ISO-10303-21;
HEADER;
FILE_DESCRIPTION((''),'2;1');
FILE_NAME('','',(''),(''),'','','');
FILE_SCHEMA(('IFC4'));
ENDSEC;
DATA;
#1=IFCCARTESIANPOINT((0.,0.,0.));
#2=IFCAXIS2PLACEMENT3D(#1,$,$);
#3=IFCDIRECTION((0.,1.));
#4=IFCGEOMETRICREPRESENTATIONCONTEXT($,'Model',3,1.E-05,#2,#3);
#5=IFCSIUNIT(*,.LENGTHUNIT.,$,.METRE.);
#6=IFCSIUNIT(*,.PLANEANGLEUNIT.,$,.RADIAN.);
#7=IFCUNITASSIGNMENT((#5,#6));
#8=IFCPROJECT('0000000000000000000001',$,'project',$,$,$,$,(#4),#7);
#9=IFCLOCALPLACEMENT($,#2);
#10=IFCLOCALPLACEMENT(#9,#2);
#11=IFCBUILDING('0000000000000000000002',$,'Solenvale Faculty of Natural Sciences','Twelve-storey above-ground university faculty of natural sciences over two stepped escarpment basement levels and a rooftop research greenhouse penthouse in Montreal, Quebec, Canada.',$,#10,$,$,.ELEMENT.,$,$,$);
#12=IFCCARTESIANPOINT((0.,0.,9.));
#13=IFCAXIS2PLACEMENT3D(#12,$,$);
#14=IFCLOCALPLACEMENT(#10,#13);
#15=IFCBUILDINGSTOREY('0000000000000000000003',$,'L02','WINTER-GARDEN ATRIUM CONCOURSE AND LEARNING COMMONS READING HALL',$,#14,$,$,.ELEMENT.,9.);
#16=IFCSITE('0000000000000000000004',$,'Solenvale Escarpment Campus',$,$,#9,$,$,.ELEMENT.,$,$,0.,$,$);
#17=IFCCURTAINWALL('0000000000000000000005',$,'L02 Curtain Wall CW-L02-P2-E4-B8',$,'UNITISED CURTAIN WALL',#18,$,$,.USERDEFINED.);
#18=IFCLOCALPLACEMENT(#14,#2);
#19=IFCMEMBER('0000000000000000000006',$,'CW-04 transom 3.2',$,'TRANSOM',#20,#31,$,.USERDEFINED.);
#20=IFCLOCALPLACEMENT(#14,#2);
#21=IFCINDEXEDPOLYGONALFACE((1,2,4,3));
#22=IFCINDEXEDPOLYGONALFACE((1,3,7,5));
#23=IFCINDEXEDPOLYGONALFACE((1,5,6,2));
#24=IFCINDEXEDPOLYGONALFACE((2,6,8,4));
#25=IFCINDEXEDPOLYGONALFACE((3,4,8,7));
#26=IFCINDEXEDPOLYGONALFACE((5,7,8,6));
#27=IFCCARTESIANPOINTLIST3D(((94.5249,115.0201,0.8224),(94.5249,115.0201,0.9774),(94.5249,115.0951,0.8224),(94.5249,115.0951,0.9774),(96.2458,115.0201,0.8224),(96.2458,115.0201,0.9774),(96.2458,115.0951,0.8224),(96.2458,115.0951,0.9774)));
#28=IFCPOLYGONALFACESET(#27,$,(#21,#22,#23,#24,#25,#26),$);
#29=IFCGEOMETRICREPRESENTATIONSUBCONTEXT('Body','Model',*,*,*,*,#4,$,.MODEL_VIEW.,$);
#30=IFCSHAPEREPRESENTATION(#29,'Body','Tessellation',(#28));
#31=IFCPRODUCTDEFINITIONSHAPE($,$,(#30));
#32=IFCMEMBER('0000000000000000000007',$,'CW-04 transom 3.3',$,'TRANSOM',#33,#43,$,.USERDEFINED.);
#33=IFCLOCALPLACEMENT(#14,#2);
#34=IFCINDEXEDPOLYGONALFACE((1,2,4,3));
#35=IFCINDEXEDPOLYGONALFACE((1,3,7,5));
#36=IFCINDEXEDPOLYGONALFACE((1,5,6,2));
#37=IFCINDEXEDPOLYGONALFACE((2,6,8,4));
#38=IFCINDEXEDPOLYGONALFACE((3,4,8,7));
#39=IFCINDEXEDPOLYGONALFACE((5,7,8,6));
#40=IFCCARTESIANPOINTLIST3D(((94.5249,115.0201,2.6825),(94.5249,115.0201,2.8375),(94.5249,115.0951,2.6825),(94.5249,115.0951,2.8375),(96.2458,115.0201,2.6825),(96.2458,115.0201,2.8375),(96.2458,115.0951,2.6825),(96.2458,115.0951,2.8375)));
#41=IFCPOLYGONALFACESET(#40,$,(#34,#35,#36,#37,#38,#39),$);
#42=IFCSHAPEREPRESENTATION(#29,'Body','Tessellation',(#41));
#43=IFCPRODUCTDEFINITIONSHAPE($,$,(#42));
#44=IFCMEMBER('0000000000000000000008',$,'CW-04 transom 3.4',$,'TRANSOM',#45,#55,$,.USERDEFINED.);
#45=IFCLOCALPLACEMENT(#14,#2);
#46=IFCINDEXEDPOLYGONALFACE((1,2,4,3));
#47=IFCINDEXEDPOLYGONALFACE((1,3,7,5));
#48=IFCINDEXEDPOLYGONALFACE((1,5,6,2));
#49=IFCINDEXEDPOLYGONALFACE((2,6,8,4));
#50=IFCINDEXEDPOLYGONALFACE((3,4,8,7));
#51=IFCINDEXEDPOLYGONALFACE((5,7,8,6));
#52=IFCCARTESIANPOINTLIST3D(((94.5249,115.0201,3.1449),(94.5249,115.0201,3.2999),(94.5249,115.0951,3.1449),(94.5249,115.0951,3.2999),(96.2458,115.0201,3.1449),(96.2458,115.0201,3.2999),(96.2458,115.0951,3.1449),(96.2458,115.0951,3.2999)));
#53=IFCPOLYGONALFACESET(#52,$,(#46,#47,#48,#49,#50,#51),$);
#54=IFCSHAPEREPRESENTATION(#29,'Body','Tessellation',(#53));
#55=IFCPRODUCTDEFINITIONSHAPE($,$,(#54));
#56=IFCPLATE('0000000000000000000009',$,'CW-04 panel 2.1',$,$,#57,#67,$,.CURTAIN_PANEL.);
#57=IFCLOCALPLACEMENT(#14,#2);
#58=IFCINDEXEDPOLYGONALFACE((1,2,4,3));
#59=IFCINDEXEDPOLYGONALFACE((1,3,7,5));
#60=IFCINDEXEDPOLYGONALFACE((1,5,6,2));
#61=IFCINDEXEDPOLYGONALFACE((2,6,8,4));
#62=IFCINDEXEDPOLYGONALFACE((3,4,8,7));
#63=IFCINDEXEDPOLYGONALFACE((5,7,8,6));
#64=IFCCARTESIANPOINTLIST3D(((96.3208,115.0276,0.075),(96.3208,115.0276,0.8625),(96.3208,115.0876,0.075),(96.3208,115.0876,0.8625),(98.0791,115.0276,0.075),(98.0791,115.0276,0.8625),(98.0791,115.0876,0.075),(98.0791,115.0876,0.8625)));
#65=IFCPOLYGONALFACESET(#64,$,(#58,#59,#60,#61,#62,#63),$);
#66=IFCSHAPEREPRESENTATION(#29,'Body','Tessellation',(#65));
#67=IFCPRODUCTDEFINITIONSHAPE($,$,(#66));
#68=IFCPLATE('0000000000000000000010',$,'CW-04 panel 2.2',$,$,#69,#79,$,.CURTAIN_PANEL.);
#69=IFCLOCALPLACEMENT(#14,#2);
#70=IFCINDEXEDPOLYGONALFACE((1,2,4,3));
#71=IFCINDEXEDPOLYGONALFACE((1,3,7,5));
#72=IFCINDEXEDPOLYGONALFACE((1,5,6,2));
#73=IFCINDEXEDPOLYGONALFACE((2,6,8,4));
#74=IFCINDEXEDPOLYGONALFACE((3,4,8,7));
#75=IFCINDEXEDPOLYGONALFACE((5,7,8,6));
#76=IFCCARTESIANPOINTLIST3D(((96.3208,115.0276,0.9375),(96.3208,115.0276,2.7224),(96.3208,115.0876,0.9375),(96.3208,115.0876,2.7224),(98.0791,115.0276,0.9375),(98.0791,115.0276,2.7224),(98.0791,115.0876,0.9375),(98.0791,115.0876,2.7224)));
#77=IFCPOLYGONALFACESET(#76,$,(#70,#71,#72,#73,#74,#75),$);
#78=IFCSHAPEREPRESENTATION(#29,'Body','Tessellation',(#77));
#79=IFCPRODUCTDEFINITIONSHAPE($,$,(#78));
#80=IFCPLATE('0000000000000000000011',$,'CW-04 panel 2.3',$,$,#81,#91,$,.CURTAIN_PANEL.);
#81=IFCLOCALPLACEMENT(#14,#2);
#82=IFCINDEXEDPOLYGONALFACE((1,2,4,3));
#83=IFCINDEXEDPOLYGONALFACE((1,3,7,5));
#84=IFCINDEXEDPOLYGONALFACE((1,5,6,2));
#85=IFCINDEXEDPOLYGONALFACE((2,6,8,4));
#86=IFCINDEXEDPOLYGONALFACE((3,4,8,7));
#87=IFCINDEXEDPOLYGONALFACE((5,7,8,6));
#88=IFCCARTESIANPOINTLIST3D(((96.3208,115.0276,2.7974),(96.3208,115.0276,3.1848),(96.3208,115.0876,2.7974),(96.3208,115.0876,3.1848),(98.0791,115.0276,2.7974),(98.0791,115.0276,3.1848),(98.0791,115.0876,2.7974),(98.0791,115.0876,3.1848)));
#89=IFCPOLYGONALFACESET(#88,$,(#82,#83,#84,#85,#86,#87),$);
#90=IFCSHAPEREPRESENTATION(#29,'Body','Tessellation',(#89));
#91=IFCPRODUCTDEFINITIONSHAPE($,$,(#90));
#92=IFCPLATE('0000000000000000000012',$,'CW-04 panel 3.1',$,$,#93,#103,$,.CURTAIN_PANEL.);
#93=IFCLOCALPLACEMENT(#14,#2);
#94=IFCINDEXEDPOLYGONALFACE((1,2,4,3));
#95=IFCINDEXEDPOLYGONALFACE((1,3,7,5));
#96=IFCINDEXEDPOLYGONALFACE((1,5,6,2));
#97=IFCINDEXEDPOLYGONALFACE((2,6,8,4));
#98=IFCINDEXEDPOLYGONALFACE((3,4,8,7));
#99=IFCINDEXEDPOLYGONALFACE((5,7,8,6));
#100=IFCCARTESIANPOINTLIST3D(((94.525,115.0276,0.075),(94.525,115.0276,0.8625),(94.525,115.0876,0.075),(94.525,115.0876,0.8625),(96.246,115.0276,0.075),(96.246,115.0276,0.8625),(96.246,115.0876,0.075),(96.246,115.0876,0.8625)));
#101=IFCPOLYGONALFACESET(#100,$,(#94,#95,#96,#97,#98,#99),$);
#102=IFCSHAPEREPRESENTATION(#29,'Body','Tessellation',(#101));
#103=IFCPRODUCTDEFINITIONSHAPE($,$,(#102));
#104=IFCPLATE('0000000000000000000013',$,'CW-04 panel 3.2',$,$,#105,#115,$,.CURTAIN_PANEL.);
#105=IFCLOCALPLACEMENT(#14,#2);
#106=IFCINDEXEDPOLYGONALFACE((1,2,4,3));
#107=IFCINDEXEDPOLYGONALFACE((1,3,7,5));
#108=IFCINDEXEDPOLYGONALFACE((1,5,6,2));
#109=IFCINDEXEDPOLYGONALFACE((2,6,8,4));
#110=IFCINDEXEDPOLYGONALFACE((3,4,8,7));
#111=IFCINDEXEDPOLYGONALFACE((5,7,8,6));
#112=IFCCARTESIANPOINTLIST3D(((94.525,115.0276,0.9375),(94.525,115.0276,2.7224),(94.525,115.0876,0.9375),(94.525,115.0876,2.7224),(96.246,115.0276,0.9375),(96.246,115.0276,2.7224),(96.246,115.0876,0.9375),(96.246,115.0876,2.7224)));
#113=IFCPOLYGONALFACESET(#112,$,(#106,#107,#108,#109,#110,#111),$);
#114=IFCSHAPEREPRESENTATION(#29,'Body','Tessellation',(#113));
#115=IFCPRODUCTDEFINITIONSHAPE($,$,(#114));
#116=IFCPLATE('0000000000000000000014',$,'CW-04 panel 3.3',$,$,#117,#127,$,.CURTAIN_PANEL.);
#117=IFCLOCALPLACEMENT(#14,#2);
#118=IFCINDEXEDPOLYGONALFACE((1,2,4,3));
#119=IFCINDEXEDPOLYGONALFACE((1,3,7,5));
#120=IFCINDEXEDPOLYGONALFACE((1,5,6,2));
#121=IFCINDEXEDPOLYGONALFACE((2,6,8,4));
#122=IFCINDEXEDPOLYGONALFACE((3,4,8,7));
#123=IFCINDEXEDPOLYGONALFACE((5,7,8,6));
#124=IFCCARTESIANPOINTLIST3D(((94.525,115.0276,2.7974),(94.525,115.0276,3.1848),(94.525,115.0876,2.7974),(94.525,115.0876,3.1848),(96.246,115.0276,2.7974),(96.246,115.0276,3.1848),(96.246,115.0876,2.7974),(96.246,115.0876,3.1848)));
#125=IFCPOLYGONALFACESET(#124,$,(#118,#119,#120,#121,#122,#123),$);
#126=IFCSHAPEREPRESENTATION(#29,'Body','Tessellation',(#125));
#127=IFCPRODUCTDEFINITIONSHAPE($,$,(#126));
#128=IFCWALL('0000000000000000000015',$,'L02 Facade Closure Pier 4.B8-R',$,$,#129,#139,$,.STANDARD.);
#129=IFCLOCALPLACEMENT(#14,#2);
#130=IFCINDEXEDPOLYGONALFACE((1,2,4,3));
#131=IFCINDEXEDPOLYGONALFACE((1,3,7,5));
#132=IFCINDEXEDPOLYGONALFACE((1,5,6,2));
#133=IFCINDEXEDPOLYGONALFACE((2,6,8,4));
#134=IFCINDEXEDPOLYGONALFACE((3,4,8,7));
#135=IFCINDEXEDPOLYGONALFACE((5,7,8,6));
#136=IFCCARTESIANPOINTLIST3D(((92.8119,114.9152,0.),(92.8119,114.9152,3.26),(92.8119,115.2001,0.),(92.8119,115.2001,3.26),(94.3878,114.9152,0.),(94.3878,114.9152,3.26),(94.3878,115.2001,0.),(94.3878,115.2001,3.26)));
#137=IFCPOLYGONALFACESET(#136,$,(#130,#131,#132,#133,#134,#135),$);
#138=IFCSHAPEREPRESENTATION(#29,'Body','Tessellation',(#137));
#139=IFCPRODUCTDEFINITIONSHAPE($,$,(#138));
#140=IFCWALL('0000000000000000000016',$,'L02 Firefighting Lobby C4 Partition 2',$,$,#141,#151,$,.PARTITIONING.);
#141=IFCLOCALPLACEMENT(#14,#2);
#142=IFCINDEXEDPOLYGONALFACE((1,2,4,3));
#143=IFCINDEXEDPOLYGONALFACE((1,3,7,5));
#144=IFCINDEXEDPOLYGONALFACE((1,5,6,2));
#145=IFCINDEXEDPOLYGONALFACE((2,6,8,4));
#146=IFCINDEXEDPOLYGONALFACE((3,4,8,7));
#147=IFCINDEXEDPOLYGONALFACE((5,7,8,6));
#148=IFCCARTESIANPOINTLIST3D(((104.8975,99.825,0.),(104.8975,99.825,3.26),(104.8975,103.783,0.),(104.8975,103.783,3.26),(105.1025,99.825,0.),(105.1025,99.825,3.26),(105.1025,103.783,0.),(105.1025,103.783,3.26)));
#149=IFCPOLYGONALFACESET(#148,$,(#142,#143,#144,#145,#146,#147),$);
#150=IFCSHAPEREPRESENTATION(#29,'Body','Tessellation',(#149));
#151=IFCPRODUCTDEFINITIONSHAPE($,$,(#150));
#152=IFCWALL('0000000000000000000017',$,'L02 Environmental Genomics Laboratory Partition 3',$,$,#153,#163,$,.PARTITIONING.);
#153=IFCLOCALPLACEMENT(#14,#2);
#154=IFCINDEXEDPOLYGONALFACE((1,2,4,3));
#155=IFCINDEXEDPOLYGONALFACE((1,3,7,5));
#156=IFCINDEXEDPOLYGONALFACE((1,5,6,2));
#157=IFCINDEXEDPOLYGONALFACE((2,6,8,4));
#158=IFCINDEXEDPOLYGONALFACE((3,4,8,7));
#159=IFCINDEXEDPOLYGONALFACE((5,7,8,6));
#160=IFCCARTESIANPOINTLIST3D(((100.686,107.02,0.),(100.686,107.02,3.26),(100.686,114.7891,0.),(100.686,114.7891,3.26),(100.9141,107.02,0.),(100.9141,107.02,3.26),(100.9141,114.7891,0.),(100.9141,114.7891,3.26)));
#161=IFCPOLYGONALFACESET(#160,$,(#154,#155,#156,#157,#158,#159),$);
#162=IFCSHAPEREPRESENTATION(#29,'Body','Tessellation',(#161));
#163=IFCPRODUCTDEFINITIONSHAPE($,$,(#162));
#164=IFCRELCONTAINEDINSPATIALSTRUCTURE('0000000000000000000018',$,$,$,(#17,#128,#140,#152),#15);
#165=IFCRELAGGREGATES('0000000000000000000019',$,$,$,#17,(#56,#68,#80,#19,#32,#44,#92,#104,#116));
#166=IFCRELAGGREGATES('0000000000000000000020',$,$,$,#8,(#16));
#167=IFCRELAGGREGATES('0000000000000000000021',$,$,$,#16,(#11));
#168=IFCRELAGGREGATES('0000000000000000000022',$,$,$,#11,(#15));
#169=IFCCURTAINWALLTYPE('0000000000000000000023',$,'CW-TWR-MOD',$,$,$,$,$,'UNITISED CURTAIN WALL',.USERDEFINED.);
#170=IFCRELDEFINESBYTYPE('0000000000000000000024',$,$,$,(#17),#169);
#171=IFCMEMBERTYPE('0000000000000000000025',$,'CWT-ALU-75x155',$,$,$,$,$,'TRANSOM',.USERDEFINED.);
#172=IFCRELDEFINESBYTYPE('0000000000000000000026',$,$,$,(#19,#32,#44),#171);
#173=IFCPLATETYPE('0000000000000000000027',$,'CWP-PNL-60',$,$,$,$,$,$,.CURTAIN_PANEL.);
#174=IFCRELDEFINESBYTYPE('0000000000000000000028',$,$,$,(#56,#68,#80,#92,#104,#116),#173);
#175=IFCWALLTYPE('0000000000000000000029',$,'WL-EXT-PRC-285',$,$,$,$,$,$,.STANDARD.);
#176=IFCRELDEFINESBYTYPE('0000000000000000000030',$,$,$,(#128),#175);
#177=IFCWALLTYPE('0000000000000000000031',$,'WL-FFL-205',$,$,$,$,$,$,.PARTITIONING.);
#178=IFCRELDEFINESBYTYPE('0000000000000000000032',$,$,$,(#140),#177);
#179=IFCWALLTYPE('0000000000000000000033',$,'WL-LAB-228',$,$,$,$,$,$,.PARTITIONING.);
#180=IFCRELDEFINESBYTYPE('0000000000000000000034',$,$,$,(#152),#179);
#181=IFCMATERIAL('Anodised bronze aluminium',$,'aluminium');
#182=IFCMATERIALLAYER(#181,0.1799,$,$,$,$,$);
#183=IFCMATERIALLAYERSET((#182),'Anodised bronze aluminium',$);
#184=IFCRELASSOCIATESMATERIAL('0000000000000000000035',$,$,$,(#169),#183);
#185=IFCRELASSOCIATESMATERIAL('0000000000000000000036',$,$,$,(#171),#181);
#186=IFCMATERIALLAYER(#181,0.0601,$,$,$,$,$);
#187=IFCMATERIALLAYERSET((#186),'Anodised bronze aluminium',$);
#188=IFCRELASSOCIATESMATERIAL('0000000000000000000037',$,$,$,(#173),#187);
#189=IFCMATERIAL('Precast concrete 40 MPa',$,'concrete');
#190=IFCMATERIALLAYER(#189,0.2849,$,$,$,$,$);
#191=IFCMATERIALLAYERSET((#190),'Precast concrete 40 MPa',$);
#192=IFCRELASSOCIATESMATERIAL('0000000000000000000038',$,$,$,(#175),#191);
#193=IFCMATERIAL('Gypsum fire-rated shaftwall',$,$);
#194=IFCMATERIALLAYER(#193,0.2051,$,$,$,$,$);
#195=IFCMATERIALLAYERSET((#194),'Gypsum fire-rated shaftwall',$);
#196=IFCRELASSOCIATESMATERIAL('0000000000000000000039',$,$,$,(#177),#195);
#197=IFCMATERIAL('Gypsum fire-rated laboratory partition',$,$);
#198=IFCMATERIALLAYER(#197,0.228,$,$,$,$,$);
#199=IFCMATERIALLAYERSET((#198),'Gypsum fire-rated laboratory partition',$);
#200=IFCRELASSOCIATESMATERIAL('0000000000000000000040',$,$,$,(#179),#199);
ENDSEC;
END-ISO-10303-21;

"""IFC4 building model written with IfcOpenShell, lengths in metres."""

from ifc_helpers import new_model, si_unit, direction, frame, frame_2d, origin, origin_2d, place, context, subcontext, project, spatial, rectangle, extrude, material, layer, layer_set, material_profile, profile_set, type_object, element, aggregate, save


model = new_model("IFC4")

# Units and contexts
model_context = context("Model", 3, precision=1e-05, world=origin(), true_north=direction((0.0, 1.0)))
body_context = subcontext(model_context, "Body", "Model", "MODEL_VIEW")
ifc_project = project(units=[si_unit("LENGTHUNIT", "METRE"), si_unit("PLANEANGLEUNIT", "RADIAN")], contexts=[model_context])

# Site, building, storey
site_placement = place(None, origin())
site = spatial("IfcSite", under=ifc_project, at=site_placement, Name="Solenvale Escarpment Campus", CompositionType="ELEMENT", RefElevation=0.0)
building_placement = place(site_placement, origin())
building = spatial("IfcBuilding", under=site, at=building_placement, Name="Solenvale Faculty of Natural Sciences", Description="Twelve-storey above-ground university faculty of natural sciences over two stepped escarpment basement levels and a rooftop research greenhouse penthouse in Montreal, Quebec, Canada.", CompositionType="ELEMENT")
storey_placement = place(building_placement, frame((0.0, 0.0, 9.0)))
storey = spatial("IfcBuildingStorey", under=building, at=storey_placement, Name="L02", Description="WINTER-GARDEN ATRIUM CONCOURSE AND LEARNING COMMONS READING HALL", CompositionType="ELEMENT", Elevation=9.0)

# Curtain wall, members, plates
ifc_material_1 = material(Name="Anodised bronze aluminium", Category="aluminium")
ifc_layer_1 = layer(ifc_material_1, 0.1799)
ifc_layer_set_1 = layer_set([ifc_layer_1], Name="Anodised bronze aluminium")
curtain_wall_type = type_object("IfcCurtainWallType", Name="CW-TWR-MOD", ElementType="UNITISED CURTAIN WALL", PredefinedType="USERDEFINED", material=ifc_layer_set_1)
curtain_wall_placement = place(storey_placement, origin())
curtain_wall = element("IfcCurtainWall", 1, at=curtain_wall_placement, inside=storey, type_object=curtain_wall_type, Name="L02 Curtain Wall CW-L02-P2-E4-B8", ObjectType="UNITISED CURTAIN WALL", PredefinedType="USERDEFINED")
ifc_material_profile_1 = material_profile(ifc_material_1, rectangle(XDim=0.075, YDim=0.155, at=origin_2d()), Name="ALU-TRN-75x155")
ifc_profile_set_1 = profile_set([ifc_material_profile_1], Name="Anodised bronze aluminium")
member_type_1 = type_object("IfcMemberType", Name="CWT-ALU-75x155", ElementType="TRANSOM", PredefinedType="USERDEFINED", material=ifc_profile_set_1)
member_1_placement = place(storey_placement, frame((96.2458, 115.0576, 0.8999), z_axis=(-1.0, 0.0, 0.0), x_axis=(0.0, -1.0, 0.0)))
member_1 = element("IfcMember", 2, at=member_1_placement, type_object=member_type_1, Name="CW-04 transom 3.2", ObjectType="TRANSOM", PredefinedType="USERDEFINED", context=body_context, shape_type="SweptSolid", body=[
    extrude(rectangle(XDim=0.075, YDim=0.155, at=origin_2d()), origin(), (0.0, 0.0, 1.0), 1.7209),
])
member_2_placement = place(storey_placement, frame((96.2458, 115.0576, 2.76), z_axis=(-1.0, 0.0, 0.0), x_axis=(0.0, -1.0, 0.0)))
member_2 = element("IfcMember", 3, at=member_2_placement, type_object=member_type_1, Name="CW-04 transom 3.3", ObjectType="TRANSOM", PredefinedType="USERDEFINED", context=body_context, shape_type="SweptSolid", body=[
    extrude(rectangle(XDim=0.075, YDim=0.155, at=origin_2d()), origin(), (0.0, 0.0, 1.0), 1.7209),
])
member_3_placement = place(storey_placement, frame((96.2458, 115.0576, 3.2224), z_axis=(-1.0, 0.0, 0.0), x_axis=(0.0, -1.0, 0.0)))
member_3 = element("IfcMember", 4, at=member_3_placement, type_object=member_type_1, Name="CW-04 transom 3.4", ObjectType="TRANSOM", PredefinedType="USERDEFINED", context=body_context, shape_type="SweptSolid", body=[
    extrude(rectangle(XDim=0.075, YDim=0.155, at=origin_2d()), origin(), (0.0, 0.0, 1.0), 1.7209),
])
ifc_layer_2 = layer(ifc_material_1, 0.0601)
ifc_layer_set_2 = layer_set([ifc_layer_2], Name="Anodised bronze aluminium")
plate_type = type_object("IfcPlateType", Name="CWP-PNL-60", PredefinedType="CURTAIN_PANEL", material=ifc_layer_set_2)
plate_1_placement = place(storey_placement, frame((97.2, 115.0576, 0.075), z_axis=(0.0, 0.0, 1.0), x_axis=(-1.0, 0.0, 0.0)))
plate_1 = element("IfcPlate", 5, at=plate_1_placement, type_object=plate_type, Name="CW-04 panel 2.1", PredefinedType="CURTAIN_PANEL", context=body_context, shape_type="SweptSolid", body=[
    extrude(rectangle(XDim=1.7583, YDim=0.0601, at=origin_2d()), origin(), (0.0, 0.0, 1.0), 0.7876),
])
plate_2_placement = place(storey_placement, frame((97.2, 115.0576, 0.9375), z_axis=(0.0, 0.0, 1.0), x_axis=(-1.0, 0.0, 0.0)))
plate_2 = element("IfcPlate", 6, at=plate_2_placement, type_object=plate_type, Name="CW-04 panel 2.2", PredefinedType="CURTAIN_PANEL", context=body_context, shape_type="SweptSolid", body=[
    extrude(rectangle(XDim=1.7583, YDim=0.0601, at=origin_2d()), origin(), (0.0, 0.0, 1.0), 1.7849),
])
plate_3_placement = place(storey_placement, frame((97.2, 115.0576, 2.7974), z_axis=(0.0, 0.0, 1.0), x_axis=(-1.0, 0.0, 0.0)))
plate_3 = element("IfcPlate", 7, at=plate_3_placement, type_object=plate_type, Name="CW-04 panel 2.3", PredefinedType="CURTAIN_PANEL", context=body_context, shape_type="SweptSolid", body=[
    extrude(rectangle(XDim=1.7583, YDim=0.0601, at=origin_2d()), origin(), (0.0, 0.0, 1.0), 0.3875),
])
plate_4_placement = place(storey_placement, frame((95.3855, 115.0576, 0.075), z_axis=(0.0, 0.0, 1.0), x_axis=(-1.0, 0.0, 0.0)))
plate_4 = element("IfcPlate", 8, at=plate_4_placement, type_object=plate_type, Name="CW-04 panel 3.1", PredefinedType="CURTAIN_PANEL", context=body_context, shape_type="SweptSolid", body=[
    extrude(rectangle(XDim=1.7209, YDim=0.0601, at=origin_2d()), origin(), (0.0, 0.0, 1.0), 0.7876),
])
plate_5_placement = place(storey_placement, frame((95.3855, 115.0576, 0.9375), z_axis=(0.0, 0.0, 1.0), x_axis=(-1.0, 0.0, 0.0)))
plate_5 = element("IfcPlate", 9, at=plate_5_placement, type_object=plate_type, Name="CW-04 panel 3.2", PredefinedType="CURTAIN_PANEL", context=body_context, shape_type="SweptSolid", body=[
    extrude(rectangle(XDim=1.7209, YDim=0.0601, at=origin_2d()), origin(), (0.0, 0.0, 1.0), 1.7849),
])
plate_6_placement = place(storey_placement, frame((95.3855, 115.0576, 2.7974), z_axis=(0.0, 0.0, 1.0), x_axis=(-1.0, 0.0, 0.0)))
plate_6 = element("IfcPlate", 10, at=plate_6_placement, type_object=plate_type, Name="CW-04 panel 3.3", PredefinedType="CURTAIN_PANEL", context=body_context, shape_type="SweptSolid", body=[
    extrude(rectangle(XDim=1.7209, YDim=0.0601, at=origin_2d()), origin(), (0.0, 0.0, 1.0), 0.3875),
])
aggregate(curtain_wall, [plate_1, plate_2, plate_3, member_1, member_2, member_3, plate_4, plate_5, plate_6])

# Wall
ifc_material_2 = material(Name="Precast concrete 40 MPa", Category="concrete")
ifc_layer_3 = layer(ifc_material_2, 0.2849)
ifc_layer_set_3 = layer_set([ifc_layer_3], Name="Precast concrete 40 MPa")
wall_type_1 = type_object("IfcWallType", Name="WL-EXT-PRC-285", PredefinedType="STANDARD", material=ifc_layer_set_3)
wall_1_placement = place(storey_placement, frame((94.3879, 115.0576, 0.0), z_axis=(0.0, 0.0, 1.0), x_axis=(-1.0, 0.0, 0.0)))
element("IfcWall", 11, at=wall_1_placement, inside=storey, type_object=wall_type_1, Name="L02 Facade Closure Pier 4.B8-R", PredefinedType="STANDARD", context=body_context, shape_type="SweptSolid", body=[
    extrude(rectangle(XDim=1.5759, YDim=0.2849, at=frame_2d((0.7881, 0.0))), origin(), (0.0, 0.0, 1.0), 3.26),
])

# Shared definitions
ifc_material_3 = material(Name="Gypsum fire-rated shaftwall")
ifc_layer_4 = layer(ifc_material_3, 0.2051)
ifc_layer_set_4 = layer_set([ifc_layer_4], Name="Gypsum fire-rated shaftwall")
wall_type_2 = type_object("IfcWallType", Name="WL-FFL-205", PredefinedType="PARTITIONING", material=ifc_layer_set_4)

# Walls
wall_2_placement = place(storey_placement, frame((105.0, 103.783, 0.0), z_axis=(0.0, 0.0, 1.0), x_axis=(0.0, -1.0, 0.0)))
element("IfcWall", 12, at=wall_2_placement, inside=storey, type_object=wall_type_2, Name="L02 Firefighting Lobby C4 Partition 2", PredefinedType="PARTITIONING", context=body_context, shape_type="SweptSolid", body=[
    extrude(rectangle(XDim=3.958, YDim=0.2051, at=frame_2d((1.979, 0.0))), origin(), (0.0, 0.0, 1.0), 3.26),
])
ifc_material_4 = material(Name="Gypsum fire-rated laboratory partition")
ifc_layer_5 = layer(ifc_material_4, 0.228)
ifc_layer_set_5 = layer_set([ifc_layer_5], Name="Gypsum fire-rated laboratory partition")
wall_type_3 = type_object("IfcWallType", Name="WL-LAB-228", PredefinedType="PARTITIONING", material=ifc_layer_set_5)
wall_3_placement = place(storey_placement, frame((100.8, 114.7891, 0.0), z_axis=(0.0, 0.0, 1.0), x_axis=(0.0, -1.0, 0.0)))
element("IfcWall", 13, at=wall_3_placement, inside=storey, type_object=wall_type_3, Name="L02 Environmental Genomics Laboratory Partition 3", PredefinedType="PARTITIONING", context=body_context, shape_type="SweptSolid", body=[
    extrude(rectangle(XDim=7.769, YDim=0.228, at=frame_2d((3.8845, 0.0))), origin(), (0.0, 0.0, 1.0), 3.26),
])

save(model, "model.ifc")
